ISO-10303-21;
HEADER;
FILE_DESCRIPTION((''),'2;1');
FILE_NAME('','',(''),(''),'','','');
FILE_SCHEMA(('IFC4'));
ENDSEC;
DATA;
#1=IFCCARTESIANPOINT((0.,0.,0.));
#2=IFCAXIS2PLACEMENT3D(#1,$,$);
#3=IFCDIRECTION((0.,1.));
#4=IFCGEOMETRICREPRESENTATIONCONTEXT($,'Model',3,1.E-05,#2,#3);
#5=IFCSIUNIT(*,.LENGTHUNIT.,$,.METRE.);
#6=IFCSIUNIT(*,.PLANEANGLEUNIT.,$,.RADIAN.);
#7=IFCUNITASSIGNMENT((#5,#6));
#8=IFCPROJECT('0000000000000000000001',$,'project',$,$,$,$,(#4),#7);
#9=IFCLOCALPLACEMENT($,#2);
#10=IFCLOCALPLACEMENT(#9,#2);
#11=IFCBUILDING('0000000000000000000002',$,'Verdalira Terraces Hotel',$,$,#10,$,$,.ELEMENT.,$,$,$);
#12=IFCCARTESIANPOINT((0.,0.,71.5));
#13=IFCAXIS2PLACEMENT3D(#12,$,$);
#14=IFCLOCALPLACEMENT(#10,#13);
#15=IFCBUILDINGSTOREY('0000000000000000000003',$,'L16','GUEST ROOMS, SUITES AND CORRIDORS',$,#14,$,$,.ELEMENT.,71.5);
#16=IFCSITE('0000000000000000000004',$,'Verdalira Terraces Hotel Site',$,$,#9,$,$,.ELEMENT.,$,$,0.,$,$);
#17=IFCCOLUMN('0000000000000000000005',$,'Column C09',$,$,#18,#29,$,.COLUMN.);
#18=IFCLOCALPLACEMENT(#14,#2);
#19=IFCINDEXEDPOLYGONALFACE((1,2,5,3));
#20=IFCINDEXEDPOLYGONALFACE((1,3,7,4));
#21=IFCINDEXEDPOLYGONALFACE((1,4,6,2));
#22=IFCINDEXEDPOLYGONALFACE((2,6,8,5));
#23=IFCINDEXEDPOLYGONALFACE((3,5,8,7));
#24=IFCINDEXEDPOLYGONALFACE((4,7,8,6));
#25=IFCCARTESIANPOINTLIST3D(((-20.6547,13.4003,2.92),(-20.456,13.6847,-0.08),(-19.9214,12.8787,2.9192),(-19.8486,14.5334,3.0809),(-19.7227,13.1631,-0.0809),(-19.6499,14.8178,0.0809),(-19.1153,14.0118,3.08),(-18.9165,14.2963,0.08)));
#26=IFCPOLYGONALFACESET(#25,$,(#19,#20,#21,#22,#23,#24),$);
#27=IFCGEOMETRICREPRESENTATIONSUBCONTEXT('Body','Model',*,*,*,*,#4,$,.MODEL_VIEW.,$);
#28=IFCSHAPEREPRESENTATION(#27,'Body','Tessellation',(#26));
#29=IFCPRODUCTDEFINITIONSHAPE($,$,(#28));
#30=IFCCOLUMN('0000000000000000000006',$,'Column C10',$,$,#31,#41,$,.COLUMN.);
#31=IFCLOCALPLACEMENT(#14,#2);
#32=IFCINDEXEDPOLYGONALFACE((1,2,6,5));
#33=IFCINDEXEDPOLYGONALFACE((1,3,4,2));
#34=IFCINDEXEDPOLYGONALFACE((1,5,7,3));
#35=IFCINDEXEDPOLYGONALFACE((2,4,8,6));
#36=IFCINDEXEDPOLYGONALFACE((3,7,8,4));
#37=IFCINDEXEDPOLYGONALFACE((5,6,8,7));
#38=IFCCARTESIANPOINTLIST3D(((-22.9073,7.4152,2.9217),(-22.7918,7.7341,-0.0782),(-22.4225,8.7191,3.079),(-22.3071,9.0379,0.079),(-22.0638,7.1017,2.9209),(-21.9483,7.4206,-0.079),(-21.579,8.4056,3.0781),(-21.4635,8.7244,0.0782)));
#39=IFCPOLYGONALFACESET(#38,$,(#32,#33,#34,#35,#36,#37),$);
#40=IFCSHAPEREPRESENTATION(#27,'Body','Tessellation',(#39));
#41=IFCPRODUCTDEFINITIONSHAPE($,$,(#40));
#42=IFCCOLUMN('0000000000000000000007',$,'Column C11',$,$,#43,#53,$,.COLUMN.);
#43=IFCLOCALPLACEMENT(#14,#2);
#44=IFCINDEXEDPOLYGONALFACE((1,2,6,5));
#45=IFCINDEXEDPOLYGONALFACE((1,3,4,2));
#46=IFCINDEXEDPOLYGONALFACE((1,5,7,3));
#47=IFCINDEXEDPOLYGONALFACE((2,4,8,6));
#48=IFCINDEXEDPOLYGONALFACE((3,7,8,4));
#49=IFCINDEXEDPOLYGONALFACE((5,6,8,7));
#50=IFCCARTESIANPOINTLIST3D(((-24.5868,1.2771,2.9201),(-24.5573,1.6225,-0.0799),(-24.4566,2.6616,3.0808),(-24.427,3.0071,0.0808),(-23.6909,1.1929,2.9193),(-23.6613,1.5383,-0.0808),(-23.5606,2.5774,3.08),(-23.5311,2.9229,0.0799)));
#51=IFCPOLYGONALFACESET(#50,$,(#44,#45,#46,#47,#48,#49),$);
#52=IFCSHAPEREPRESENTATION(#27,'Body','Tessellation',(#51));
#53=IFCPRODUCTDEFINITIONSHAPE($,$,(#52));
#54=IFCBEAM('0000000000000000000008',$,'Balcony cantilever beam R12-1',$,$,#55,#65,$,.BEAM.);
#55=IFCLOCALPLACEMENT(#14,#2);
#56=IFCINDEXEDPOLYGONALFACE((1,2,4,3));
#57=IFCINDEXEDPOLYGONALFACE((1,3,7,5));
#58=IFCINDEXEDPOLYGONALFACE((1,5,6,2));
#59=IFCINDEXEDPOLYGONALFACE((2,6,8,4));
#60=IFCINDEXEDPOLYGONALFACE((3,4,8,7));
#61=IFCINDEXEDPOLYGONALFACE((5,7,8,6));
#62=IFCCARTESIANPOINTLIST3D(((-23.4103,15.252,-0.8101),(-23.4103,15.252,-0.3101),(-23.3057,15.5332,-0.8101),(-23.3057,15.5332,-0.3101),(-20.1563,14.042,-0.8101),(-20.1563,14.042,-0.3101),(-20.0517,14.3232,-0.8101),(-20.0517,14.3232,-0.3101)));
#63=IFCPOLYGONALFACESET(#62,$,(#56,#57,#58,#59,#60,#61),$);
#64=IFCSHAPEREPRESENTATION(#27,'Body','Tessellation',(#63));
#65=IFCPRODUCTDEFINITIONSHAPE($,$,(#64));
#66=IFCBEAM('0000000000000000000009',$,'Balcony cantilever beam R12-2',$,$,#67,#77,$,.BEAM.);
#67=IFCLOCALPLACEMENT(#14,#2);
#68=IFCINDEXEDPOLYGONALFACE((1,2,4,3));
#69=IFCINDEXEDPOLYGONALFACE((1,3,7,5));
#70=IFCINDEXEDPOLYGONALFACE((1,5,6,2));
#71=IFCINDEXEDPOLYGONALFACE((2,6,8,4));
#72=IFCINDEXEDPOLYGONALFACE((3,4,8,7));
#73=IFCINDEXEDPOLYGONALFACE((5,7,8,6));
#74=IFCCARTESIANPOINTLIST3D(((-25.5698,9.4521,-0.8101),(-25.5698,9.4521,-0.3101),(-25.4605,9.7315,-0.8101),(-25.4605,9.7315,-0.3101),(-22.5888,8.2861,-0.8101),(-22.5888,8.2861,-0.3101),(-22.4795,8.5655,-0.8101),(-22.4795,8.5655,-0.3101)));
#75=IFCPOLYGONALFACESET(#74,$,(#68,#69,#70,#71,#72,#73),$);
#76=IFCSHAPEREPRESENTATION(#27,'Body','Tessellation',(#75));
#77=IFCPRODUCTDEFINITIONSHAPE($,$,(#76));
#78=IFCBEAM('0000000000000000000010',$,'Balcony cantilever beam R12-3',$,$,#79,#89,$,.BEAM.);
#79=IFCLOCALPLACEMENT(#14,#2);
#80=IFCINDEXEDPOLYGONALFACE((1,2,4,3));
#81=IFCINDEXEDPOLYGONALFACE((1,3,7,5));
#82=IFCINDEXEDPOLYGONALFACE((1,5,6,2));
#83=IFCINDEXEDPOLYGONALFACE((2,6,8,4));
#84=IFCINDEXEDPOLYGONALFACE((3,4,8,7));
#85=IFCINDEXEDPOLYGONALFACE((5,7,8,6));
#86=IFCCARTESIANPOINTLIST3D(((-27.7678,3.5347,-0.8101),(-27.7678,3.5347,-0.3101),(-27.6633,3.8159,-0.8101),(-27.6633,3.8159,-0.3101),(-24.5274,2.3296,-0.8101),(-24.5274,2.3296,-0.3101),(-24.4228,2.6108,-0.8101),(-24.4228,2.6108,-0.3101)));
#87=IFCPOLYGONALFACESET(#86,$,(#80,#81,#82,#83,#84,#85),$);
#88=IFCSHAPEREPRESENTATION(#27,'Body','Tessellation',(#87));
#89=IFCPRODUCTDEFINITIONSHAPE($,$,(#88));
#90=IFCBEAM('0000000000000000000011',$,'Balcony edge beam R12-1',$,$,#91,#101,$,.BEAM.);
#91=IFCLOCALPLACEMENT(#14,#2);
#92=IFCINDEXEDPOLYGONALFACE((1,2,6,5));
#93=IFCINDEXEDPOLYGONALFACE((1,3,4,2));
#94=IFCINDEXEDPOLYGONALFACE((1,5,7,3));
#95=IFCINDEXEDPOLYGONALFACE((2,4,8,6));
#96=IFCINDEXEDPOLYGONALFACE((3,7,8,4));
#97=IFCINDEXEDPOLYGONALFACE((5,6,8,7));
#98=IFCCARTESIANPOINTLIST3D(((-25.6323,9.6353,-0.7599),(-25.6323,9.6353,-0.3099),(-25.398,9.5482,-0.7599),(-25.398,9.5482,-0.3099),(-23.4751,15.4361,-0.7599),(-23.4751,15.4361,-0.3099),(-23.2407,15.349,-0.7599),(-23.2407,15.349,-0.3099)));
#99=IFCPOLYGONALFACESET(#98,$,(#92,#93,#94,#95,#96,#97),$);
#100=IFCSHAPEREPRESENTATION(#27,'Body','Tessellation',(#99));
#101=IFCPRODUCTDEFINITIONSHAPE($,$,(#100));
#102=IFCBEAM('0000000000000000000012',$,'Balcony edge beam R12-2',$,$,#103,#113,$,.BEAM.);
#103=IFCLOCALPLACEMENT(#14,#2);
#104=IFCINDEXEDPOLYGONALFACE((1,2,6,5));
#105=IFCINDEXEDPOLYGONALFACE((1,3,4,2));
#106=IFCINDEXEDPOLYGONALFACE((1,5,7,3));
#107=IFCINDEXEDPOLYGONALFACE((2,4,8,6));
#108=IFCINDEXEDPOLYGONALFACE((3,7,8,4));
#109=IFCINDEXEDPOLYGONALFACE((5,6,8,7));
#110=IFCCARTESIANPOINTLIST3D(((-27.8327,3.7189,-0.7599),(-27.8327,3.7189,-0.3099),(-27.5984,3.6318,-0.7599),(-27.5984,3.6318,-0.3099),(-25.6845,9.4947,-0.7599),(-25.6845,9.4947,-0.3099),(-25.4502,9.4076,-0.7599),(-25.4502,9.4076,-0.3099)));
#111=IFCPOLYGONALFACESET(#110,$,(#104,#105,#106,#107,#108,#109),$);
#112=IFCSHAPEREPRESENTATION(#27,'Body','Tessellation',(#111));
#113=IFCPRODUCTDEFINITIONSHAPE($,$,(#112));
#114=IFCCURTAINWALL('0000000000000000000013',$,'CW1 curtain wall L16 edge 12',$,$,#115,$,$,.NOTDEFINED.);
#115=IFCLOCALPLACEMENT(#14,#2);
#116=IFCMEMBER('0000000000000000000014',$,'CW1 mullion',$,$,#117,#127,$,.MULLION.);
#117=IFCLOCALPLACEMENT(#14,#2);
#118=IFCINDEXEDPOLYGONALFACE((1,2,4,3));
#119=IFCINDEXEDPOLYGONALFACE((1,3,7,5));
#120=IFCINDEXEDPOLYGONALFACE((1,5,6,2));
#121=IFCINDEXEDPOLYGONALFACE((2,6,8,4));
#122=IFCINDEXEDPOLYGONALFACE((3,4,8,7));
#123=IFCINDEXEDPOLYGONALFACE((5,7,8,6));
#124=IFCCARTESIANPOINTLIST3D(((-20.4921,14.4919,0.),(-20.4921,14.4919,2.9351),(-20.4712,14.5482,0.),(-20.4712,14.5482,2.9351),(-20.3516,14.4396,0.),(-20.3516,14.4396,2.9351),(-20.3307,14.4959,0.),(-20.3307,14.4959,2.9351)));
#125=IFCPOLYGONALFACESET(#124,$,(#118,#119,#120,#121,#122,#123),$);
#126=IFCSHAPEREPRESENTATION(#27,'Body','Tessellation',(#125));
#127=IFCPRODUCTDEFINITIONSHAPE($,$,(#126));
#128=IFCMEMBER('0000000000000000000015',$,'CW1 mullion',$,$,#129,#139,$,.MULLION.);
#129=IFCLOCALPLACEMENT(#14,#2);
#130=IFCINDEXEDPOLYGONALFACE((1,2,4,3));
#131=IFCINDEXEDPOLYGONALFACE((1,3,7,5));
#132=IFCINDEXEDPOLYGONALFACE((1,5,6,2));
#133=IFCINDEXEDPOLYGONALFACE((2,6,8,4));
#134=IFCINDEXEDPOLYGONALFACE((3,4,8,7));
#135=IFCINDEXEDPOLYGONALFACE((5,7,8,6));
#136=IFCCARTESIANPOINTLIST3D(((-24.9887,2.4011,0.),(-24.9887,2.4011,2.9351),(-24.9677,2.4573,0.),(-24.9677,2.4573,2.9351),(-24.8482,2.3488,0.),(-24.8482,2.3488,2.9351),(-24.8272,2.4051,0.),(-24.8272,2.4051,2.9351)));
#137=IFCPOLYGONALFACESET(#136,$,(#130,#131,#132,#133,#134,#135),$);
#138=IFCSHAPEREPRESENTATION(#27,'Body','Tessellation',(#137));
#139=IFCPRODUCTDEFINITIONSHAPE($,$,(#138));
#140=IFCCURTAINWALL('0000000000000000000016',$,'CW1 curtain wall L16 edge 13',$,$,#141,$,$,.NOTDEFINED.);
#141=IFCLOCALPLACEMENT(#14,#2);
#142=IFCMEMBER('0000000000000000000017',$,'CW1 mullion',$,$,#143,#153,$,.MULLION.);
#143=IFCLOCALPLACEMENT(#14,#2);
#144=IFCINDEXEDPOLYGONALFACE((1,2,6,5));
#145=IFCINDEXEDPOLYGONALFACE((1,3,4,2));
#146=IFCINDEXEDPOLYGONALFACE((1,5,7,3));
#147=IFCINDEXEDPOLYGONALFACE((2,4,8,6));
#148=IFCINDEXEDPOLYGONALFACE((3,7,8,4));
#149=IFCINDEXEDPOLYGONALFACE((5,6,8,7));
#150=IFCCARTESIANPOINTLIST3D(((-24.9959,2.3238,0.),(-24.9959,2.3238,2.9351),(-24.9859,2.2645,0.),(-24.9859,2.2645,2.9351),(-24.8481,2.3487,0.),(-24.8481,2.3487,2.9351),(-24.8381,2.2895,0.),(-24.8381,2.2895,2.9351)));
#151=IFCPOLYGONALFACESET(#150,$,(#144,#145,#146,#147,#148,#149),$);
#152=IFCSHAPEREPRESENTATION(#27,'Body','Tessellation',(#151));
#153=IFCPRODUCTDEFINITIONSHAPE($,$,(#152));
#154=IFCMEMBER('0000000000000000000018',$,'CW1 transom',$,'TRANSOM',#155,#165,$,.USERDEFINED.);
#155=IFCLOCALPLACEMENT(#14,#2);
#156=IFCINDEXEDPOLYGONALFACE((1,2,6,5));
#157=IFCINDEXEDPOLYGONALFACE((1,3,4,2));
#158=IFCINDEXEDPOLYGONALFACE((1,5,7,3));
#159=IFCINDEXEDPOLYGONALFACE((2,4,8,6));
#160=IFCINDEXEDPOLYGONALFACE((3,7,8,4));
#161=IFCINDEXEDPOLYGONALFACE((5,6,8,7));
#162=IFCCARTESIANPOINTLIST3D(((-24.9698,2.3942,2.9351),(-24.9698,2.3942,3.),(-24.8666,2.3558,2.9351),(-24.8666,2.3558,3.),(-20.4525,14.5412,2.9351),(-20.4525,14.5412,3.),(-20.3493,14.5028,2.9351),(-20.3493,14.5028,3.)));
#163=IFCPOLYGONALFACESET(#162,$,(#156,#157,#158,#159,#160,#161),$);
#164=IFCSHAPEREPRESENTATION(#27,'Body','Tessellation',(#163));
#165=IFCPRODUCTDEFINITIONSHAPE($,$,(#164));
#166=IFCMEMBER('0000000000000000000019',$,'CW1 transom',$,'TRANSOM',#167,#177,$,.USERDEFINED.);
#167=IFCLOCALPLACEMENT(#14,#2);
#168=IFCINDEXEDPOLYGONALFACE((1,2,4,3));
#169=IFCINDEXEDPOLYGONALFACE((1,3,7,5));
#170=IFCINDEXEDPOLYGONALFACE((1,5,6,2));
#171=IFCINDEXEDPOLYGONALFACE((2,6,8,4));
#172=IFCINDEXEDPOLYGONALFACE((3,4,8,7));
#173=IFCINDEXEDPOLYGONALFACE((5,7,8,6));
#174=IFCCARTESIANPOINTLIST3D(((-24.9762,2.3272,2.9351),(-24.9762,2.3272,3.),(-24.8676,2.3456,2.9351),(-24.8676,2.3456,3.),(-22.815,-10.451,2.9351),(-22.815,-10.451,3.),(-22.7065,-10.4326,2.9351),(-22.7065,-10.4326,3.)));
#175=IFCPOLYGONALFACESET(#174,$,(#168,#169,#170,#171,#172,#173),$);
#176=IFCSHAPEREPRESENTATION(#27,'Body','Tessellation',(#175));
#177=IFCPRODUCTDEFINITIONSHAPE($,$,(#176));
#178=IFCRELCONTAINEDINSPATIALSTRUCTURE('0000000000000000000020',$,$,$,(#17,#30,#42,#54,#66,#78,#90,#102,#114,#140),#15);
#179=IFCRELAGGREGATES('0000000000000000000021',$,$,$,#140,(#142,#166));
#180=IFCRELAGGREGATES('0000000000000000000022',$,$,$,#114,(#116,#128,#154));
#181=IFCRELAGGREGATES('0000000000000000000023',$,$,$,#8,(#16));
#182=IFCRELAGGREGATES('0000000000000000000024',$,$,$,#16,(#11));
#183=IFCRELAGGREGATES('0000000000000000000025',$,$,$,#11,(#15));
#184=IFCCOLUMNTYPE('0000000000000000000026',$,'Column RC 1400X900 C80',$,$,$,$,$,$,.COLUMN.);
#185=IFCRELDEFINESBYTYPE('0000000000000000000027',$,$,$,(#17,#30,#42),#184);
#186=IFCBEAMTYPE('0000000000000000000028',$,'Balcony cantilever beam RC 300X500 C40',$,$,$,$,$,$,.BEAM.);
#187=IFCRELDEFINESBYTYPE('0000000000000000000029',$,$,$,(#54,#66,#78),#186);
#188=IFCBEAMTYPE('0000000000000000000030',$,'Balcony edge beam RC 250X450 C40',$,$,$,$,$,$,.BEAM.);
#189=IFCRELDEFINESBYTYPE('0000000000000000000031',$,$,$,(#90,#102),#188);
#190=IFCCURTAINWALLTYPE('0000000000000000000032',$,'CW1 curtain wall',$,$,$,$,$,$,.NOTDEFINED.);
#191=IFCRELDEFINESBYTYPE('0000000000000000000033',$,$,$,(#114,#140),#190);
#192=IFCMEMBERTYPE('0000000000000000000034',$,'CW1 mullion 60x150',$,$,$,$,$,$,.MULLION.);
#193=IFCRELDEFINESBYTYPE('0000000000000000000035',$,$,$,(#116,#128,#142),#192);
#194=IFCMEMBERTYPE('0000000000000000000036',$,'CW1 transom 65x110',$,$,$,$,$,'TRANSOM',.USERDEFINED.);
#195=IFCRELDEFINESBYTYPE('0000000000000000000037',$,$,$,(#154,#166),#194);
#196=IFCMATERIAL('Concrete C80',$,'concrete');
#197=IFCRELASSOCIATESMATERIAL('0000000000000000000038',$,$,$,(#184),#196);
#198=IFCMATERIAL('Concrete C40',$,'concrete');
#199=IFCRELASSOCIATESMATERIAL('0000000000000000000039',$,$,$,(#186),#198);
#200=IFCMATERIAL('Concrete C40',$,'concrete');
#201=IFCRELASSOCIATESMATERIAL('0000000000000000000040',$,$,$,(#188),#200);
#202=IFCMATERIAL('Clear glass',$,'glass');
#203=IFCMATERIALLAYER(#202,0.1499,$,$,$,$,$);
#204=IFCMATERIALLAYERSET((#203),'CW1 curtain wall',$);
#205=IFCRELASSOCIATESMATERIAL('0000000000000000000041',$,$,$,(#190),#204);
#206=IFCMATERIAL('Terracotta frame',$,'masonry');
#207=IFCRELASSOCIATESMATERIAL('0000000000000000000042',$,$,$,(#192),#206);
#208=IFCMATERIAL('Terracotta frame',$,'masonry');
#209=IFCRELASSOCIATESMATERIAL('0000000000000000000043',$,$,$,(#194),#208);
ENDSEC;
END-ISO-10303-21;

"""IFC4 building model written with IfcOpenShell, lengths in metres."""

from ifc_helpers import new_model, si_unit, direction, frame, origin, origin_2d, place, context, subcontext, project, spatial, rectangle, extrude, material, layer, layer_set, material_profile, profile_set, type_object, element, aggregate, save


model = new_model("IFC4")

# Units and contexts
model_context = context("Model", 3, precision=1e-05, world=origin(), true_north=direction((0.0, 1.0)))
body_context = subcontext(model_context, "Body", "Model", "MODEL_VIEW")
ifc_project = project(units=[si_unit("LENGTHUNIT", "METRE"), si_unit("PLANEANGLEUNIT", "RADIAN")], contexts=[model_context])

# Site, building, storey
site_placement = place(None, origin())
site = spatial("IfcSite", under=ifc_project, at=site_placement, Name="Verdalira Terraces Hotel Site", CompositionType="ELEMENT", RefElevation=0.0)
building_placement = place(site_placement, origin())
building = spatial("IfcBuilding", under=site, at=building_placement, Name="Verdalira Terraces Hotel", CompositionType="ELEMENT")
storey_placement = place(building_placement, frame((0.0, 0.0, 71.5)))
storey = spatial("IfcBuildingStorey", under=building, at=storey_placement, Name="L16", Description="GUEST ROOMS, SUITES AND CORRIDORS", CompositionType="ELEMENT", Elevation=71.5)

# Columns
ifc_material_1 = material(Name="Concrete C80", Category="concrete")
ifc_material_profile_1 = material_profile(ifc_material_1, rectangle(XDim=1.3999, YDim=0.8999, at=origin_2d()), Name="RC 1400X900")
ifc_profile_set_1 = profile_set([ifc_material_profile_1], Name="Concrete C80")
column_type = type_object("IfcColumnType", Name="Column RC 1400X900 C80", PredefinedType="COLUMN", material=ifc_profile_set_1)
column_1_placement = place(storey_placement, frame((-19.6863, 13.9905, 0.0), z_axis=(-0.065805, -0.09418, 0.993378), x_axis=(0.575854, 0.80944, 0.114888)))
element("IfcColumn", 1, at=column_1_placement, inside=storey, type_object=column_type, Name="Column C09", PredefinedType="COLUMN", context=body_context, shape_type="SweptSolid", body=[
    extrude(rectangle(XDim=1.3999, YDim=0.8999, at=origin_2d()), origin(), (0.0, 0.0, 1.0), 3.02),
])
column_2_placement = place(storey_placement, frame((-22.1277, 8.2292, 0.0), z_axis=(-0.038249, -0.10561, 0.993672), x_axis=(-0.34629, -0.93138, -0.112319)))
element("IfcColumn", 2, at=column_2_placement, inside=storey, type_object=column_type, Name="Column C10", PredefinedType="COLUMN", context=body_context, shape_type="SweptSolid", body=[
    extrude(rectangle(XDim=1.3999, YDim=0.8999, at=origin_2d()), origin(), (0.0, 0.0, 1.0), 3.019),
])
column_3_placement = place(storey_placement, frame((-24.0442, 2.2727, 0.0), z_axis=(-0.009782, -0.114392, 0.993388), x_axis=(0.093038, 0.989022, 0.114805)))
element("IfcColumn", 3, at=column_3_placement, inside=storey, type_object=column_type, Name="Column C11", PredefinedType="COLUMN", context=body_context, shape_type="SweptSolid", body=[
    extrude(rectangle(XDim=1.3999, YDim=0.8999, at=origin_2d()), origin(), (0.0, 0.0, 1.0), 3.02),
])

# Beams
ifc_material_2 = material(Name="Concrete C40", Category="concrete")
ifc_material_profile_2 = material_profile(ifc_material_2, rectangle(XDim=0.3, YDim=0.5, at=origin_2d()), Name="RC 300X500")
ifc_profile_set_2 = profile_set([ifc_material_profile_2], Name="Concrete C40")
beam_type_1 = type_object("IfcBeamType", Name="Balcony cantilever beam RC 300X500 C40", PredefinedType="BEAM", material=ifc_profile_set_2)
beam_1_placement = place(storey_placement, frame((-20.104, 14.1826, -0.5601), z_axis=(-0.937297, 0.348533, 0.0), x_axis=(-0.348533, -0.937297, 0.0)))
element("IfcBeam", 4, at=beam_1_placement, inside=storey, type_object=beam_type_1, Name="Balcony cantilever beam R12-1", PredefinedType="BEAM", context=body_context, shape_type="SweptSolid", body=[
    extrude(rectangle(XDim=0.3, YDim=0.5, at=origin_2d()), origin(), (0.0, 0.0, 1.0), 3.4717),
])
beam_2_placement = place(storey_placement, frame((-22.5342, 8.4258, -0.5601), z_axis=(-0.93129, 0.364279, 0.0), x_axis=(-0.364279, -0.93129, 0.0)))
element("IfcBeam", 5, at=beam_2_placement, inside=storey, type_object=beam_type_1, Name="Balcony cantilever beam R12-2", PredefinedType="BEAM", context=body_context, shape_type="SweptSolid", body=[
    extrude(rectangle(XDim=0.3, YDim=0.5, at=origin_2d()), origin(), (0.0, 0.0, 1.0), 3.2009),
])
beam_3_placement = place(storey_placement, frame((-24.4751, 2.4702, -0.5601), z_axis=(-0.937286, 0.348561, 0.0), x_axis=(-0.348561, -0.937286, 0.0)))
element("IfcBeam", 6, at=beam_3_placement, inside=storey, type_object=beam_type_1, Name="Balcony cantilever beam R12-3", PredefinedType="BEAM", context=body_context, shape_type="SweptSolid", body=[
    extrude(rectangle(XDim=0.3, YDim=0.5, at=origin_2d()), origin(), (0.0, 0.0, 1.0), 3.4573),
])
ifc_material_3 = material(Name="Concrete C40", Category="concrete")
ifc_material_profile_3 = material_profile(ifc_material_3, rectangle(XDim=0.25, YDim=0.45, at=origin_2d()), Name="RC 250X450")
ifc_profile_set_3 = profile_set([ifc_material_profile_3], Name="Concrete C40")
beam_type_2 = type_object("IfcBeamType", Name="Balcony edge beam RC 250X450 C40", PredefinedType="BEAM", material=ifc_profile_set_3)
beam_4_placement = place(storey_placement, frame((-23.3579, 15.3926, -0.5349), z_axis=(-0.348563, -0.937285, 0.0), x_axis=(0.937285, -0.348563, 0.0)))
element("IfcBeam", 7, at=beam_4_placement, inside=storey, type_object=beam_type_2, Name="Balcony edge beam R12-1", PredefinedType="BEAM", context=body_context, shape_type="SweptSolid", body=[
    extrude(rectangle(XDim=0.25, YDim=0.45, at=origin_2d()), origin(), (0.0, 0.0, 1.0), 6.189),
])
beam_5_placement = place(storey_placement, frame((-25.5674, 9.4512, -0.5349), z_axis=(-0.348595, -0.937273, 0.0), x_axis=(0.937273, -0.348595, 0.0)))
element("IfcBeam", 8, at=beam_5_placement, inside=storey, type_object=beam_type_2, Name="Balcony edge beam R12-2", PredefinedType="BEAM", context=body_context, shape_type="SweptSolid", body=[
    extrude(rectangle(XDim=0.25, YDim=0.45, at=origin_2d()), origin(), (0.0, 0.0, 1.0), 6.1624),
])

# Curtain wall, members
ifc_material_4 = material(Name="Clear glass", Category="glass")
ifc_layer_1 = layer(ifc_material_4, 0.1499)
ifc_layer_set_1 = layer_set([ifc_layer_1], Name="CW1 curtain wall")
curtain_wall_type = type_object("IfcCurtainWallType", Name="CW1 curtain wall", PredefinedType="NOTDEFINED", material=ifc_layer_set_1)
curtain_wall_1_placement = place(storey_placement, origin())
curtain_wall_1 = element("IfcCurtainWall", 9, at=curtain_wall_1_placement, inside=storey, type_object=curtain_wall_type, Name="CW1 curtain wall L16 edge 12", PredefinedType="NOTDEFINED")
ifc_material_5 = material(Name="Terracotta frame", Category="masonry")
ifc_material_profile_4 = material_profile(ifc_material_5, rectangle(XDim=0.0601, YDim=0.1499, at=origin_2d()), Name="MU 60x150")
ifc_profile_set_4 = profile_set([ifc_material_profile_4], Name="Terracotta frame")
member_type_1 = type_object("IfcMemberType", Name="CW1 mullion 60x150", PredefinedType="MULLION", material=ifc_profile_set_4)
member_1_placement = place(storey_placement, frame((-20.4114, 14.4939, 0.0), z_axis=(0.0, 0.0, 1.0), x_axis=(-0.348572, -0.937282, 0.0)))
member_1 = element("IfcMember", 10, at=member_1_placement, type_object=member_type_1, Name="CW1 mullion", PredefinedType="MULLION", context=body_context, shape_type="SweptSolid", body=[
    extrude(rectangle(XDim=0.0601, YDim=0.1499, at=origin_2d()), origin(), (0.0, 0.0, 1.0), 2.9351),
])
member_2_placement = place(storey_placement, frame((-24.908, 2.4031, 0.0), z_axis=(0.0, 0.0, 1.0), x_axis=(-0.348572, -0.937282, 0.0)))
member_2 = element("IfcMember", 11, at=member_2_placement, type_object=member_type_1, Name="CW1 mullion", PredefinedType="MULLION", context=body_context, shape_type="SweptSolid", body=[
    extrude(rectangle(XDim=0.0601, YDim=0.1499, at=origin_2d()), origin(), (0.0, 0.0, 1.0), 2.9351),
])

# Curtain wall, member
curtain_wall_2_placement = place(storey_placement, origin())
curtain_wall_2 = element("IfcCurtainWall", 12, at=curtain_wall_2_placement, inside=storey, type_object=curtain_wall_type, Name="CW1 curtain wall L16 edge 13", PredefinedType="NOTDEFINED")
member_3_placement = place(storey_placement, frame((-24.917, 2.3066, 0.0), z_axis=(0.0, 0.0, 1.0), x_axis=(0.166769, -0.985996, 0.0)))
member_3 = element("IfcMember", 13, at=member_3_placement, type_object=member_type_1, Name="CW1 mullion", PredefinedType="MULLION", context=body_context, shape_type="SweptSolid", body=[
    extrude(rectangle(XDim=0.0601, YDim=0.1499, at=origin_2d()), origin(), (0.0, 0.0, 1.0), 2.9351),
])

# Members
ifc_material_6 = material(Name="Terracotta frame", Category="masonry")
ifc_material_profile_5 = material_profile(ifc_material_6, rectangle(XDim=0.1101, YDim=0.0649, at=origin_2d()), Name="TR 65x110")
ifc_profile_set_5 = profile_set([ifc_material_profile_5], Name="Terracotta frame")
member_type_2 = type_object("IfcMemberType", Name="CW1 transom 65x110", ElementType="TRANSOM", PredefinedType="USERDEFINED", material=ifc_profile_set_5)
member_4_placement = place(storey_placement, frame((-20.4009, 14.522, 2.9675), z_axis=(-0.348566, -0.937284, 0.0), x_axis=(0.937284, -0.348566, 0.0)))
member_4 = element("IfcMember", 14, at=member_4_placement, type_object=member_type_2, Name="CW1 transom", ObjectType="TRANSOM", PredefinedType="USERDEFINED", context=body_context, shape_type="SweptSolid", body=[
    extrude(rectangle(XDim=0.1101, YDim=0.0649, at=origin_2d()), origin(), (0.0, 0.0, 1.0), 12.9597),
])
member_5_placement = place(storey_placement, frame((-24.9219, 2.3364, 2.9675), z_axis=(0.166757, -0.985998, 0.0), x_axis=(0.985998, 0.166757, 0.0)))
member_5 = element("IfcMember", 15, at=member_5_placement, type_object=member_type_2, Name="CW1 transom", ObjectType="TRANSOM", PredefinedType="USERDEFINED", context=body_context, shape_type="SweptSolid", body=[
    extrude(rectangle(XDim=0.1101, YDim=0.0649, at=origin_2d()), origin(), (0.0, 0.0, 1.0), 12.9597),
])
aggregate(curtain_wall_2, [member_3, member_5])

aggregate(curtain_wall_1, [member_1, member_2, member_4])

save(model, "model.ifc")
